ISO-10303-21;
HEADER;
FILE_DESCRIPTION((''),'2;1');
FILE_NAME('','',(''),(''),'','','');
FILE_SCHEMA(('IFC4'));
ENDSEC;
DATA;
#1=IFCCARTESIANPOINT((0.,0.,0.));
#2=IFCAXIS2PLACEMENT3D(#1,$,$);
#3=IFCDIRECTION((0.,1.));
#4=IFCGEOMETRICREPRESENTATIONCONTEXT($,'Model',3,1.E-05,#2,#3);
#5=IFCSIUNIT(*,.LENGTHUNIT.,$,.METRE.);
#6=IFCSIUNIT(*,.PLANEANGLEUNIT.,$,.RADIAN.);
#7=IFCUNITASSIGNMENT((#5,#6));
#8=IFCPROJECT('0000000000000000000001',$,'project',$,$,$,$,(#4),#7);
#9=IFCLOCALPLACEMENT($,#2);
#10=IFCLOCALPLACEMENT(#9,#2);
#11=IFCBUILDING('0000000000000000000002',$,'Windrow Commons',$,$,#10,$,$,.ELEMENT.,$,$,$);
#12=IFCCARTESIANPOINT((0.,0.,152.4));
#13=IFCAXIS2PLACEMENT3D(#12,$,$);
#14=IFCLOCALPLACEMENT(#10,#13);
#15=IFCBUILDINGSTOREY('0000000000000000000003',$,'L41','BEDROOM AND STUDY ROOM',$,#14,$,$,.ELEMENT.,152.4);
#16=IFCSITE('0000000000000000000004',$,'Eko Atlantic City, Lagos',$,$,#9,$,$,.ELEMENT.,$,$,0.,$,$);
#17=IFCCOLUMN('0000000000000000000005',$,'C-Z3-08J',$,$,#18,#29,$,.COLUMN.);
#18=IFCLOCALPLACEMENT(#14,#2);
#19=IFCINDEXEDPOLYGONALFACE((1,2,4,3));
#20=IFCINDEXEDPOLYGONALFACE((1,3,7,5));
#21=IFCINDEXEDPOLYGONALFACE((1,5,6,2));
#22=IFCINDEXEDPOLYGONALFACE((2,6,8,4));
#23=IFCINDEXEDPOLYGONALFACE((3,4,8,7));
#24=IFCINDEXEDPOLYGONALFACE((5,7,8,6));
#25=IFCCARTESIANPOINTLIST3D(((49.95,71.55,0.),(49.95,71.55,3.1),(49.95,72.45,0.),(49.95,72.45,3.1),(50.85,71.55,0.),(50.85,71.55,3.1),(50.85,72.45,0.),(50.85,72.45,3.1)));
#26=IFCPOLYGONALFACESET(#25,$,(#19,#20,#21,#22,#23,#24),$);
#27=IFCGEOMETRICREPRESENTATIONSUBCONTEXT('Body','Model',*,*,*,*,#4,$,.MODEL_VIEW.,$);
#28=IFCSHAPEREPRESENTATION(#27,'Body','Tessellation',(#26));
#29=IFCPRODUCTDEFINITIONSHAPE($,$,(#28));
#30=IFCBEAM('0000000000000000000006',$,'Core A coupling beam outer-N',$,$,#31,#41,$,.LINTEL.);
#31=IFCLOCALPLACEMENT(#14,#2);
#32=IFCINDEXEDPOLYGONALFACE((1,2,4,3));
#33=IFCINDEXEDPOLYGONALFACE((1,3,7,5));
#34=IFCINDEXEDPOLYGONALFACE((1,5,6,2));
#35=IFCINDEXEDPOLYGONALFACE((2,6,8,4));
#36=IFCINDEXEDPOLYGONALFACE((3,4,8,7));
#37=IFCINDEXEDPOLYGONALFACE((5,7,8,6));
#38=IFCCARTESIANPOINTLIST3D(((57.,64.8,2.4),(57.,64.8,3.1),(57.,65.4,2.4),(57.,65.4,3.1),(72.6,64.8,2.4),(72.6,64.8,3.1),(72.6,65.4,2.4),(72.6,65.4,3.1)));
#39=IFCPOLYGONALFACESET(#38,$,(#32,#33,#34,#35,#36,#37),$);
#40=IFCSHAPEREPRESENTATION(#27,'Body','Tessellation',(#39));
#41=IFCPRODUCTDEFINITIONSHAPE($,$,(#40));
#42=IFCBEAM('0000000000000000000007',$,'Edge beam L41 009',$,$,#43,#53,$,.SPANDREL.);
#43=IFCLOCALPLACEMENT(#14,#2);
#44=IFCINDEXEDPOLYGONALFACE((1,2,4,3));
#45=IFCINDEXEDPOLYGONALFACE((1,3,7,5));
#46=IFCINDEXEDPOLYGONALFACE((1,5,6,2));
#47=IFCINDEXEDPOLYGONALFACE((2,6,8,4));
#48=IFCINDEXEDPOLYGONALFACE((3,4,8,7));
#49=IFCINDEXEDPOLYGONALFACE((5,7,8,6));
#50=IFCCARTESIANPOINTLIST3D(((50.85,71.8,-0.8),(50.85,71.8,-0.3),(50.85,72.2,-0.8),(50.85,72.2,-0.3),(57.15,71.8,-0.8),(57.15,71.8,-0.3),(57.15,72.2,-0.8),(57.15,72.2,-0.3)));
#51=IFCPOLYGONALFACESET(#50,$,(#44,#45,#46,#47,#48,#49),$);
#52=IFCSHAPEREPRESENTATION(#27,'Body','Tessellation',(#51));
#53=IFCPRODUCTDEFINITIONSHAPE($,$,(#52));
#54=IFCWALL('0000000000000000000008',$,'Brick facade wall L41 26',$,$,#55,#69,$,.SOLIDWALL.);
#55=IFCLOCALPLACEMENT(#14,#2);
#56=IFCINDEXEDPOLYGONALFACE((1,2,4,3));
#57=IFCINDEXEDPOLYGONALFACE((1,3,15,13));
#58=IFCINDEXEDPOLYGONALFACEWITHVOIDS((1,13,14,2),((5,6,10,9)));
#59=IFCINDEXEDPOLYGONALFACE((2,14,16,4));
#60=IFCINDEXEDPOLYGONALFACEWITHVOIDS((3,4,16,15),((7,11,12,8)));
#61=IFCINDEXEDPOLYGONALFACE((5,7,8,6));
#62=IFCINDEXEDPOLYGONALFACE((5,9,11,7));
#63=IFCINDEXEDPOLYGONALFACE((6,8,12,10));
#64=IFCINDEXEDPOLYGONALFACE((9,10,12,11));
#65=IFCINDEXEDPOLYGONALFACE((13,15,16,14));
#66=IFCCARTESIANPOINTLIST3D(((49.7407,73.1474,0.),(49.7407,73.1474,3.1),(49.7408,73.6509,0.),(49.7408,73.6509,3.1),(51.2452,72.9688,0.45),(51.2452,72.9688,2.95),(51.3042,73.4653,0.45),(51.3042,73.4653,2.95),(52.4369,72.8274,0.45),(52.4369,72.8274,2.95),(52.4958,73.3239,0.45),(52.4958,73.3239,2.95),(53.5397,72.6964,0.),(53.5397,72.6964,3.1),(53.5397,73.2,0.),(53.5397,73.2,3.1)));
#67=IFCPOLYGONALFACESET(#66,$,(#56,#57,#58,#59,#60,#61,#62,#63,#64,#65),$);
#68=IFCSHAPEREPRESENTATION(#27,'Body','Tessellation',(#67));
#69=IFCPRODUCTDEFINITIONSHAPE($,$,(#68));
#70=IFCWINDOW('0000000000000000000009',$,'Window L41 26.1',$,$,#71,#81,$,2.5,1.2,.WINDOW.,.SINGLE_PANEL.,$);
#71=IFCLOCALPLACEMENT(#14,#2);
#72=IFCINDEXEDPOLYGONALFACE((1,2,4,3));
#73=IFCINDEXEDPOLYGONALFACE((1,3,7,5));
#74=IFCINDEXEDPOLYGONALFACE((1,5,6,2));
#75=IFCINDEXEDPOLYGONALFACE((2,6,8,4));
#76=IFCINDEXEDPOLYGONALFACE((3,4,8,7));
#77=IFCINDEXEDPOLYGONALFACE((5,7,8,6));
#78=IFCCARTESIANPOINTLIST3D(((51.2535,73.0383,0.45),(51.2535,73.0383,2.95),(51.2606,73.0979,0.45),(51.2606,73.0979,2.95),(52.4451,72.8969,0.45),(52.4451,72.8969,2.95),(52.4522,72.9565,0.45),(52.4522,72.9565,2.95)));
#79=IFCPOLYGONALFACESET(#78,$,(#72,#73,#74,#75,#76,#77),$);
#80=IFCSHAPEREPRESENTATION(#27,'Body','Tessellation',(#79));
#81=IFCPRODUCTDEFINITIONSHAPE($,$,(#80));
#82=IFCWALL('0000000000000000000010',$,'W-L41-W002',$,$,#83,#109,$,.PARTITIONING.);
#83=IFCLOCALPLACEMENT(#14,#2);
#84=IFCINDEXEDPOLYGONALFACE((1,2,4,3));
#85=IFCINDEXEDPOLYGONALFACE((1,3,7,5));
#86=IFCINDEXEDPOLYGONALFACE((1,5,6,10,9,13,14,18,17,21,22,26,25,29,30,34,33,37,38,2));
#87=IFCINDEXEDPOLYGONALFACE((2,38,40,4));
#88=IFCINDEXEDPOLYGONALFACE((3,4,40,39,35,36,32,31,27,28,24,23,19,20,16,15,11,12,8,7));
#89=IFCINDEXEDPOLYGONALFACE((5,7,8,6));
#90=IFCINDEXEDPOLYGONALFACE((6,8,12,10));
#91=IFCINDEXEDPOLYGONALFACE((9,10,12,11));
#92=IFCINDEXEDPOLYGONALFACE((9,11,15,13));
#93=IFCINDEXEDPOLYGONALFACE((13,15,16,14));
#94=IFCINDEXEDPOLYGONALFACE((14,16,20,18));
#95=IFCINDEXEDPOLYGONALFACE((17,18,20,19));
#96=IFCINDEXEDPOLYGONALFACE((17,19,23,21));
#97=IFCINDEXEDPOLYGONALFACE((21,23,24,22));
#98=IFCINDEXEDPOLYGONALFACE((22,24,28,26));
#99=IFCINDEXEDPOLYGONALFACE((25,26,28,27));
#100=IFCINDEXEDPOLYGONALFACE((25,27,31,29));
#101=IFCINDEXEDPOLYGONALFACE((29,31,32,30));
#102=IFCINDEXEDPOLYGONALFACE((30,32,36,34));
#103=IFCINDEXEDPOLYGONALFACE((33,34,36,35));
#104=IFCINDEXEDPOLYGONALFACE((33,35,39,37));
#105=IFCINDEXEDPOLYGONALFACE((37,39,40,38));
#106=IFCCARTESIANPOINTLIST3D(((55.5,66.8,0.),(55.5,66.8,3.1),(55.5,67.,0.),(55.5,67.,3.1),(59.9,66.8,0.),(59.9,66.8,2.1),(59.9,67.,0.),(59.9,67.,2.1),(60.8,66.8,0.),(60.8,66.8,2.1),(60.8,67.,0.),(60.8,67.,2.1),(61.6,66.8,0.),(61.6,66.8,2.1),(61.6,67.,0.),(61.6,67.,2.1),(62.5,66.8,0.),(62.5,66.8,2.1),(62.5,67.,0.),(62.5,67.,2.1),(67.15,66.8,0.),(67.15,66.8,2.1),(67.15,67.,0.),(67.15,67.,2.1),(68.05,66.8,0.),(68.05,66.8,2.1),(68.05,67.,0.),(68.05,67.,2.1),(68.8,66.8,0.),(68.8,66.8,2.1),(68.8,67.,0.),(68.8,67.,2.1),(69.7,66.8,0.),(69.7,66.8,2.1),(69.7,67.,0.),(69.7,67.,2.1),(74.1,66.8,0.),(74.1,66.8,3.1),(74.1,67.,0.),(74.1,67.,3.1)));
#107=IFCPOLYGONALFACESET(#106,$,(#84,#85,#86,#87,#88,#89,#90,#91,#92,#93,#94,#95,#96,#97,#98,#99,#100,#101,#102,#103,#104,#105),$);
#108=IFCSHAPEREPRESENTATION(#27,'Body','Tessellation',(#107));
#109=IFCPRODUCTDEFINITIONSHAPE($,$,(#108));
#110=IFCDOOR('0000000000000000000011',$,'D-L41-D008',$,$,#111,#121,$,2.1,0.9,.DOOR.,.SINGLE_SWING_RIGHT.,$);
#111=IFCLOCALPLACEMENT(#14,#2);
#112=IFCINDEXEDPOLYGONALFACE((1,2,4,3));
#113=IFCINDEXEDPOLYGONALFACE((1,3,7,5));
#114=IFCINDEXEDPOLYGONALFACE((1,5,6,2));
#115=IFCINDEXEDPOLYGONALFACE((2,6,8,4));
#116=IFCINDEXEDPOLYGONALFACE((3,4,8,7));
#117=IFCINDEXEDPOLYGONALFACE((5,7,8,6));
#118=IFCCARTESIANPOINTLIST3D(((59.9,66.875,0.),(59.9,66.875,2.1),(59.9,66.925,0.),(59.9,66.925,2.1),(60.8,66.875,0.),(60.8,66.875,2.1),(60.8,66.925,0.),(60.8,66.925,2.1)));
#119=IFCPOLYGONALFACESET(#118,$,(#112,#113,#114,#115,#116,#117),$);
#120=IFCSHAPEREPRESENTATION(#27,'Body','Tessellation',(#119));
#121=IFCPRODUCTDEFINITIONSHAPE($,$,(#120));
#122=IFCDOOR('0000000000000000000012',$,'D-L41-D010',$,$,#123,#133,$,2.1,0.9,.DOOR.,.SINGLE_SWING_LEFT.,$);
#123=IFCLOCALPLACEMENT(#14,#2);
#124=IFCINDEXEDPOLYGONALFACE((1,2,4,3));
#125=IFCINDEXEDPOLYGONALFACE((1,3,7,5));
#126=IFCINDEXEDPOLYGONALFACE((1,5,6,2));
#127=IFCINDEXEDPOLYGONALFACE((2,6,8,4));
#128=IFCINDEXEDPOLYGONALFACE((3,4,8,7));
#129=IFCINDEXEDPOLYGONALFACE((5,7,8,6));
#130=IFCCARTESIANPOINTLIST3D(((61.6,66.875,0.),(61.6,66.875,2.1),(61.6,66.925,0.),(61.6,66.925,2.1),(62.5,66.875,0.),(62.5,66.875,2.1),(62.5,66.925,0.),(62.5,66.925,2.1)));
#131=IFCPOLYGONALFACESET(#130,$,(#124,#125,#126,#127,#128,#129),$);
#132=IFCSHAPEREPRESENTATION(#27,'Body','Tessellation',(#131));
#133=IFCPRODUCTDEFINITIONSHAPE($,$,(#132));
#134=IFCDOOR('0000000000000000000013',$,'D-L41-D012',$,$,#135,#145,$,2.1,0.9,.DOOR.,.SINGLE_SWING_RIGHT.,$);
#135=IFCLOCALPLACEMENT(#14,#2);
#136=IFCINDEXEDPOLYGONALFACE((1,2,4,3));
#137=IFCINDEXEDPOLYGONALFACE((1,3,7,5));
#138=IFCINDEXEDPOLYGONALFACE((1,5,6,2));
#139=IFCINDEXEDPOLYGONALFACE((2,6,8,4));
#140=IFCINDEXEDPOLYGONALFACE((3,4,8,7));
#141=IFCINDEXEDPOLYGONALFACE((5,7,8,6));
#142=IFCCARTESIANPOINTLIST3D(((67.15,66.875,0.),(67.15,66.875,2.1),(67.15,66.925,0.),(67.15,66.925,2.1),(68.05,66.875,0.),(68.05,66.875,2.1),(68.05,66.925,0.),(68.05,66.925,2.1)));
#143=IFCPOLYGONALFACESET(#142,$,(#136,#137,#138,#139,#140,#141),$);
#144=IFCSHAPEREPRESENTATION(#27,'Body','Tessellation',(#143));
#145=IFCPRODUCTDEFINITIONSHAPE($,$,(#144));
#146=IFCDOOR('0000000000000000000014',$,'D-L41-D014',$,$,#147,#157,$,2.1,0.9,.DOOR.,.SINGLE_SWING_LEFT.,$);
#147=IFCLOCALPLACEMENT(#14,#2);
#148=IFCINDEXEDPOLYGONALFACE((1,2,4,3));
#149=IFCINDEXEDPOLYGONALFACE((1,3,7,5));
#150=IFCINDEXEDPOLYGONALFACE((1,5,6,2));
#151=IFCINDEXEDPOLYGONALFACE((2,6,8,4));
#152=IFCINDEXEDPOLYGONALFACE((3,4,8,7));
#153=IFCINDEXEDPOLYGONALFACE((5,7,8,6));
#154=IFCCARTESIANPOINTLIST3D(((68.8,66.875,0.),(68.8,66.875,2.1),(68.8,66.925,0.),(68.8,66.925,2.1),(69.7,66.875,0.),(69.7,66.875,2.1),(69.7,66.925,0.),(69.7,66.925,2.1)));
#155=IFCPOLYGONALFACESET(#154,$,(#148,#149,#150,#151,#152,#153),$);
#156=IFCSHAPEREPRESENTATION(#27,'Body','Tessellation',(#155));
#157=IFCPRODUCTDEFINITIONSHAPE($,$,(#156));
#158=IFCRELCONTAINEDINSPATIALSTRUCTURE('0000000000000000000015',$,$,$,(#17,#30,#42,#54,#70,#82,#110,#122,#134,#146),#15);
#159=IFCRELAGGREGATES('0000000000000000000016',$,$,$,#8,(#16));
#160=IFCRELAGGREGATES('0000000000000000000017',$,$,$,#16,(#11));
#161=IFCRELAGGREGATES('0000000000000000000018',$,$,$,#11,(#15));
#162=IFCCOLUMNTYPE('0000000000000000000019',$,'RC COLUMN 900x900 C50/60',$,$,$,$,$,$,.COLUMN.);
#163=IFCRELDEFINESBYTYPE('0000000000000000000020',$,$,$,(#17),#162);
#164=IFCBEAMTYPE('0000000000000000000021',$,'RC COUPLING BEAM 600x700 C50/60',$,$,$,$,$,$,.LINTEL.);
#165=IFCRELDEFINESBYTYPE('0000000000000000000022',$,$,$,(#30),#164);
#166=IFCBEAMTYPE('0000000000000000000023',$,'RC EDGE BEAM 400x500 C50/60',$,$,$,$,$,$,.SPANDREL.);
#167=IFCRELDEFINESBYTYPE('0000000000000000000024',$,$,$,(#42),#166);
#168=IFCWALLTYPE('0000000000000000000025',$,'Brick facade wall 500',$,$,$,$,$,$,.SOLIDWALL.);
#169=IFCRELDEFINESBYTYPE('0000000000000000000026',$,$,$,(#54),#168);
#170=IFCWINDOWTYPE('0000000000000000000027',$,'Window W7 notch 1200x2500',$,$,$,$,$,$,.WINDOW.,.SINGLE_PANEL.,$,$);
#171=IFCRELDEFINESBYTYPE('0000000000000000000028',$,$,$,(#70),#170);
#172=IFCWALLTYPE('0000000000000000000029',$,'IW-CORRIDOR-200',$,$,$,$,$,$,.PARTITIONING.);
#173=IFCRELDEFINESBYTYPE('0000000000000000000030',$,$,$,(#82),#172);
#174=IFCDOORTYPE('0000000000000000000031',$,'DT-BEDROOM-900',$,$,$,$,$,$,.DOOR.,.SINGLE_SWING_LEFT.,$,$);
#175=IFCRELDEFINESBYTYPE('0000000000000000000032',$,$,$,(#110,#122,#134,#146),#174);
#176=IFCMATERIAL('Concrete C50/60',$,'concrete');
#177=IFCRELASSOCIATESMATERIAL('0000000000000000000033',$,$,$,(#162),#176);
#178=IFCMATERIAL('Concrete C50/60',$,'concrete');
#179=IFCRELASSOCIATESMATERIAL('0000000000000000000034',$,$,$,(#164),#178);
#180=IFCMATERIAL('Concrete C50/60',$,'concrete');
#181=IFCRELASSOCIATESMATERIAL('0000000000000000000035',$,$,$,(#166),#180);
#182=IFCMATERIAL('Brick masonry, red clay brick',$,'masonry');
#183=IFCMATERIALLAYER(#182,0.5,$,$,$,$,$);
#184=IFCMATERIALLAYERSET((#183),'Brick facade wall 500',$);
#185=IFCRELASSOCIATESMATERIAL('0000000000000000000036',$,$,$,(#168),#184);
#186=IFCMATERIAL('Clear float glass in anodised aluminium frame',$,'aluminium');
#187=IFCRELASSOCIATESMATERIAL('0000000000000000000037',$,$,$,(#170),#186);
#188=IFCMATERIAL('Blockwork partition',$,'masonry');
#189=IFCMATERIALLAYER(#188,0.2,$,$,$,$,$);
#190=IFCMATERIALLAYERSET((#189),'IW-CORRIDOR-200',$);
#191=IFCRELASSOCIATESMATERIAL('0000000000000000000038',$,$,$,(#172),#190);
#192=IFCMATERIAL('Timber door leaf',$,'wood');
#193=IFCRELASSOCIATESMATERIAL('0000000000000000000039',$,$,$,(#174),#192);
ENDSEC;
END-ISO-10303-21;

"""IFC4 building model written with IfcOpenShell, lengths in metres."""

from ifc_helpers import new_model, si_unit, direction, frame, frame_2d, origin, origin_2d, place, context, subcontext, project, spatial, polyline, rectangle, outline, extrude, material, layer, layer_set, material_profile, profile_set, type_object, element, fill, save


model = new_model("IFC4")

# Units and contexts
model_context = context("Model", 3, precision=1e-05, world=origin(), true_north=direction((0.0, 1.0)))
body_context = subcontext(model_context, "Body", "Model", "MODEL_VIEW")
ifc_project = project(units=[si_unit("LENGTHUNIT", "METRE"), si_unit("PLANEANGLEUNIT", "RADIAN")], contexts=[model_context])

# Site, building, storey
site_placement = place(None, origin())
site = spatial("IfcSite", under=ifc_project, at=site_placement, Name="Eko Atlantic City, Lagos", CompositionType="ELEMENT", RefElevation=0.0)
building_placement = place(site_placement, origin())
building = spatial("IfcBuilding", under=site, at=building_placement, Name="Windrow Commons", CompositionType="ELEMENT")
storey_placement = place(building_placement, frame((0.0, 0.0, 152.4)))
storey = spatial("IfcBuildingStorey", under=building, at=storey_placement, Name="L41", Description="BEDROOM AND STUDY ROOM", CompositionType="ELEMENT", Elevation=152.4)

# Column
ifc_material_1 = material(Name="Concrete C50/60", Category="concrete")
ifc_material_profile_1 = material_profile(ifc_material_1, rectangle(XDim=0.9, YDim=0.9, at=origin_2d()))
ifc_profile_set_1 = profile_set([ifc_material_profile_1], Name="Concrete C50/60")
column_type = type_object("IfcColumnType", Name="RC COLUMN 900x900 C50/60", PredefinedType="COLUMN", material=ifc_profile_set_1)
column_placement = place(storey_placement, frame((50.4, 72.0, 0.0), z_axis=(0.0, 0.0, 1.0), x_axis=(1.0, 0.0, 0.0)))
element("IfcColumn", 1, at=column_placement, inside=storey, type_object=column_type, Name="C-Z3-08J", PredefinedType="COLUMN", context=body_context, shape_type="SweptSolid", body=[
    extrude(rectangle(XDim=0.9, YDim=0.9, at=origin_2d()), origin(), (0.0, 0.0, 1.0), 3.1),
])

# Beams
ifc_material_2 = material(Name="Concrete C50/60", Category="concrete")
ifc_material_profile_2 = material_profile(ifc_material_2, rectangle(XDim=0.6, YDim=0.7, at=origin_2d()))
ifc_profile_set_2 = profile_set([ifc_material_profile_2], Name="Concrete C50/60")
beam_type_1 = type_object("IfcBeamType", Name="RC COUPLING BEAM 600x700 C50/60", PredefinedType="LINTEL", material=ifc_profile_set_2)
beam_1_placement = place(storey_placement, frame((57.0, 65.1, 2.75), z_axis=(1.0, 0.0, 0.0), x_axis=(0.0, 1.0, 0.0)))
element("IfcBeam", 2, at=beam_1_placement, inside=storey, type_object=beam_type_1, Name="Core A coupling beam outer-N", PredefinedType="LINTEL", context=body_context, shape_type="SweptSolid", body=[
    extrude(rectangle(XDim=0.6, YDim=0.7, at=origin_2d()), origin(), (0.0, 0.0, 1.0), 15.6),
])
ifc_material_3 = material(Name="Concrete C50/60", Category="concrete")
ifc_material_profile_3 = material_profile(ifc_material_3, rectangle(XDim=0.4, YDim=0.5, at=origin_2d()))
ifc_profile_set_3 = profile_set([ifc_material_profile_3], Name="Concrete C50/60")
beam_type_2 = type_object("IfcBeamType", Name="RC EDGE BEAM 400x500 C50/60", PredefinedType="SPANDREL", material=ifc_profile_set_3)
beam_2_placement = place(storey_placement, frame((50.85, 72.0, -0.55), z_axis=(1.0, 0.0, 0.0), x_axis=(0.0, 1.0, 0.0)))
element("IfcBeam", 3, at=beam_2_placement, inside=storey, type_object=beam_type_2, Name="Edge beam L41 009", PredefinedType="SPANDREL", context=body_context, shape_type="SweptSolid", body=[
    extrude(rectangle(XDim=0.4, YDim=0.5, at=origin_2d()), origin(), (0.0, 0.0, 1.0), 6.3),
])

# Wall, opening, window
ifc_material_4 = material(Name="Brick masonry, red clay brick", Category="masonry")
ifc_layer_1 = layer(ifc_material_4, 0.5)
ifc_layer_set_1 = layer_set([ifc_layer_1], Name="Brick facade wall 500")
wall_type_1 = type_object("IfcWallType", Name="Brick facade wall 500", PredefinedType="SOLIDWALL", material=ifc_layer_set_1)
wall_1_placement = place(storey_placement, frame((53.5397, 72.9482, 0.0), z_axis=(0.0, 0.0, 1.0), x_axis=(-0.993027, 0.117888, 0.0)))
wall_1 = element("IfcWall", 4, at=wall_1_placement, inside=storey, type_object=wall_type_1, Name="Brick facade wall L41 26", PredefinedType="SOLIDWALL", context=body_context, shape_type="SweptSolid", body=[
    extrude(outline(polyline([(0.0297, -0.25), (3.8553, -0.25), (3.796, 0.25), (-0.0297, 0.25), (0.0297, -0.25)])), origin(), (0.0, 0.0, 1.0), 3.1),
])
opening_1_placement = place(wall_1_placement, frame((1.0809, 0.0, 0.45)))
opening_1 = element("IfcOpeningElement", 5, at=opening_1_placement, cuts=wall_1, PredefinedType="OPENING", context=body_context, shape_type="SweptSolid", body=[
    extrude(rectangle(XDim=1.2, YDim=2.5, at=frame_2d((0.6, 1.25))), frame((0.0, 0.26, 0.0), z_axis=(0.0, -1.0, 0.0), x_axis=(1.0, 0.0, 0.0)), (0.0, 0.0, 1.0), 0.52),
])
ifc_material_5 = material(Name="Clear float glass in anodised aluminium frame", Category="aluminium")
window_type = type_object("IfcWindowType", Name="Window W7 notch 1200x2500", PartitioningType="SINGLE_PANEL", PredefinedType="WINDOW", material=ifc_material_5)
window_placement = place(opening_1_placement, origin())
window = element("IfcWindow", 6, at=window_placement, inside=storey, type_object=window_type, Name="Window L41 26.1", OverallHeight=2.5, OverallWidth=1.2, PartitioningType="SINGLE_PANEL", PredefinedType="WINDOW", context=body_context, shape_type="SweptSolid", body=[
    extrude(rectangle(XDim=1.2, YDim=2.5, at=frame_2d((0.6, 1.25))), frame((0.0, 0.18, 0.0), z_axis=(0.0, -1.0, 0.0), x_axis=(1.0, 0.0, 0.0)), (0.0, 0.0, 1.0), 0.06),
])
fill(opening_1, window)

# Wall, openings, doors
ifc_material_6 = material(Name="Blockwork partition", Category="masonry")
ifc_layer_2 = layer(ifc_material_6, 0.2)
ifc_layer_set_2 = layer_set([ifc_layer_2], Name="IW-CORRIDOR-200")
wall_type_2 = type_object("IfcWallType", Name="IW-CORRIDOR-200", PredefinedType="PARTITIONING", material=ifc_layer_set_2)
wall_2_placement = place(storey_placement, frame((55.5, 66.9, 0.0), z_axis=(0.0, 0.0, 1.0), x_axis=(1.0, 0.0, 0.0)))
wall_2 = element("IfcWall", 7, at=wall_2_placement, inside=storey, type_object=wall_type_2, Name="W-L41-W002", PredefinedType="PARTITIONING", context=body_context, shape_type="SweptSolid", body=[
    extrude(rectangle(XDim=18.6, YDim=0.2, at=frame_2d((9.3, 0.0))), origin(), (0.0, 0.0, 1.0), 3.1),
])
opening_2_placement = place(wall_2_placement, frame((4.4, 0.0, 0.0)))
opening_2 = element("IfcOpeningElement", 8, at=opening_2_placement, cuts=wall_2, PredefinedType="OPENING", context=body_context, shape_type="SweptSolid", body=[
    extrude(rectangle(XDim=0.9, YDim=2.1, at=frame_2d((0.45, 1.05))), frame((0.0, 0.11, 0.0), z_axis=(0.0, -1.0, 0.0), x_axis=(1.0, 0.0, 0.0)), (0.0, 0.0, 1.0), 0.22),
])
opening_3_placement = place(wall_2_placement, frame((6.1, 0.0, 0.0)))
opening_3 = element("IfcOpeningElement", 9, at=opening_3_placement, cuts=wall_2, PredefinedType="OPENING", context=body_context, shape_type="SweptSolid", body=[
    extrude(rectangle(XDim=0.9, YDim=2.1, at=frame_2d((0.45, 1.05))), frame((0.0, 0.11, 0.0), z_axis=(0.0, -1.0, 0.0), x_axis=(1.0, 0.0, 0.0)), (0.0, 0.0, 1.0), 0.22),
])
opening_4_placement = place(wall_2_placement, frame((11.65, 0.0, 0.0)))
opening_4 = element("IfcOpeningElement", 10, at=opening_4_placement, cuts=wall_2, PredefinedType="OPENING", context=body_context, shape_type="SweptSolid", body=[
    extrude(rectangle(XDim=0.9, YDim=2.1, at=frame_2d((0.45, 1.05))), frame((0.0, 0.11, 0.0), z_axis=(0.0, -1.0, 0.0), x_axis=(1.0, 0.0, 0.0)), (0.0, 0.0, 1.0), 0.22),
])
opening_5_placement = place(wall_2_placement, frame((13.3, 0.0, 0.0)))
opening_5 = element("IfcOpeningElement", 11, at=opening_5_placement, cuts=wall_2, PredefinedType="OPENING", context=body_context, shape_type="SweptSolid", body=[
    extrude(rectangle(XDim=0.9, YDim=2.1, at=frame_2d((0.45, 1.05))), frame((0.0, 0.11, 0.0), z_axis=(0.0, -1.0, 0.0), x_axis=(1.0, 0.0, 0.0)), (0.0, 0.0, 1.0), 0.22),
])
ifc_material_7 = material(Name="Timber door leaf", Category="wood")
door_type_1 = type_object("IfcDoorType", Name="DT-BEDROOM-900", OperationType="SINGLE_SWING_LEFT", PredefinedType="DOOR", material=ifc_material_7)
door_1_placement = place(opening_2_placement, origin())
door_1 = element("IfcDoor", 12, at=door_1_placement, inside=storey, type_object=door_type_1, Name="D-L41-D008", OperationType="SINGLE_SWING_RIGHT", OverallHeight=2.1, OverallWidth=0.9, PredefinedType="DOOR", context=body_context, shape_type="SweptSolid", body=[
    extrude(rectangle(XDim=0.9, YDim=2.1, at=frame_2d((0.45, 1.05))), frame((0.0, 0.025, 0.0), z_axis=(0.0, -1.0, 0.0), x_axis=(1.0, 0.0, 0.0)), (0.0, 0.0, 1.0), 0.05),
])
fill(opening_2, door_1)
door_2_placement = place(opening_3_placement, origin())
door_2 = element("IfcDoor", 13, at=door_2_placement, inside=storey, type_object=door_type_1, Name="D-L41-D010", OperationType="SINGLE_SWING_LEFT", OverallHeight=2.1, OverallWidth=0.9, PredefinedType="DOOR", context=body_context, shape_type="SweptSolid", body=[
    extrude(rectangle(XDim=0.9, YDim=2.1, at=frame_2d((0.45, 1.05))), frame((0.0, 0.025, 0.0), z_axis=(0.0, -1.0, 0.0), x_axis=(1.0, 0.0, 0.0)), (0.0, 0.0, 1.0), 0.05),
])
fill(opening_3, door_2)
door_3_placement = place(opening_4_placement, origin())
door_3 = element("IfcDoor", 14, at=door_3_placement, inside=storey, type_object=door_type_1, Name="D-L41-D012", OperationType="SINGLE_SWING_RIGHT", OverallHeight=2.1, OverallWidth=0.9, PredefinedType="DOOR", context=body_context, shape_type="SweptSolid", body=[
    extrude(rectangle(XDim=0.9, YDim=2.1, at=frame_2d((0.45, 1.05))), frame((0.0, 0.025, 0.0), z_axis=(0.0, -1.0, 0.0), x_axis=(1.0, 0.0, 0.0)), (0.0, 0.0, 1.0), 0.05),
])
fill(opening_4, door_3)
door_4_placement = place(opening_5_placement, origin())
door_4 = element("IfcDoor", 15, at=door_4_placement, inside=storey, type_object=door_type_1, Name="D-L41-D014", OperationType="SINGLE_SWING_LEFT", OverallHeight=2.1, OverallWidth=0.9, PredefinedType="DOOR", context=body_context, shape_type="SweptSolid", body=[
    extrude(rectangle(XDim=0.9, YDim=2.1, at=frame_2d((0.45, 1.05))), frame((0.0, 0.025, 0.0), z_axis=(0.0, -1.0, 0.0), x_axis=(1.0, 0.0, 0.0)), (0.0, 0.0, 1.0), 0.05),
])
fill(opening_5, door_4)

save(model, "model.ifc")
